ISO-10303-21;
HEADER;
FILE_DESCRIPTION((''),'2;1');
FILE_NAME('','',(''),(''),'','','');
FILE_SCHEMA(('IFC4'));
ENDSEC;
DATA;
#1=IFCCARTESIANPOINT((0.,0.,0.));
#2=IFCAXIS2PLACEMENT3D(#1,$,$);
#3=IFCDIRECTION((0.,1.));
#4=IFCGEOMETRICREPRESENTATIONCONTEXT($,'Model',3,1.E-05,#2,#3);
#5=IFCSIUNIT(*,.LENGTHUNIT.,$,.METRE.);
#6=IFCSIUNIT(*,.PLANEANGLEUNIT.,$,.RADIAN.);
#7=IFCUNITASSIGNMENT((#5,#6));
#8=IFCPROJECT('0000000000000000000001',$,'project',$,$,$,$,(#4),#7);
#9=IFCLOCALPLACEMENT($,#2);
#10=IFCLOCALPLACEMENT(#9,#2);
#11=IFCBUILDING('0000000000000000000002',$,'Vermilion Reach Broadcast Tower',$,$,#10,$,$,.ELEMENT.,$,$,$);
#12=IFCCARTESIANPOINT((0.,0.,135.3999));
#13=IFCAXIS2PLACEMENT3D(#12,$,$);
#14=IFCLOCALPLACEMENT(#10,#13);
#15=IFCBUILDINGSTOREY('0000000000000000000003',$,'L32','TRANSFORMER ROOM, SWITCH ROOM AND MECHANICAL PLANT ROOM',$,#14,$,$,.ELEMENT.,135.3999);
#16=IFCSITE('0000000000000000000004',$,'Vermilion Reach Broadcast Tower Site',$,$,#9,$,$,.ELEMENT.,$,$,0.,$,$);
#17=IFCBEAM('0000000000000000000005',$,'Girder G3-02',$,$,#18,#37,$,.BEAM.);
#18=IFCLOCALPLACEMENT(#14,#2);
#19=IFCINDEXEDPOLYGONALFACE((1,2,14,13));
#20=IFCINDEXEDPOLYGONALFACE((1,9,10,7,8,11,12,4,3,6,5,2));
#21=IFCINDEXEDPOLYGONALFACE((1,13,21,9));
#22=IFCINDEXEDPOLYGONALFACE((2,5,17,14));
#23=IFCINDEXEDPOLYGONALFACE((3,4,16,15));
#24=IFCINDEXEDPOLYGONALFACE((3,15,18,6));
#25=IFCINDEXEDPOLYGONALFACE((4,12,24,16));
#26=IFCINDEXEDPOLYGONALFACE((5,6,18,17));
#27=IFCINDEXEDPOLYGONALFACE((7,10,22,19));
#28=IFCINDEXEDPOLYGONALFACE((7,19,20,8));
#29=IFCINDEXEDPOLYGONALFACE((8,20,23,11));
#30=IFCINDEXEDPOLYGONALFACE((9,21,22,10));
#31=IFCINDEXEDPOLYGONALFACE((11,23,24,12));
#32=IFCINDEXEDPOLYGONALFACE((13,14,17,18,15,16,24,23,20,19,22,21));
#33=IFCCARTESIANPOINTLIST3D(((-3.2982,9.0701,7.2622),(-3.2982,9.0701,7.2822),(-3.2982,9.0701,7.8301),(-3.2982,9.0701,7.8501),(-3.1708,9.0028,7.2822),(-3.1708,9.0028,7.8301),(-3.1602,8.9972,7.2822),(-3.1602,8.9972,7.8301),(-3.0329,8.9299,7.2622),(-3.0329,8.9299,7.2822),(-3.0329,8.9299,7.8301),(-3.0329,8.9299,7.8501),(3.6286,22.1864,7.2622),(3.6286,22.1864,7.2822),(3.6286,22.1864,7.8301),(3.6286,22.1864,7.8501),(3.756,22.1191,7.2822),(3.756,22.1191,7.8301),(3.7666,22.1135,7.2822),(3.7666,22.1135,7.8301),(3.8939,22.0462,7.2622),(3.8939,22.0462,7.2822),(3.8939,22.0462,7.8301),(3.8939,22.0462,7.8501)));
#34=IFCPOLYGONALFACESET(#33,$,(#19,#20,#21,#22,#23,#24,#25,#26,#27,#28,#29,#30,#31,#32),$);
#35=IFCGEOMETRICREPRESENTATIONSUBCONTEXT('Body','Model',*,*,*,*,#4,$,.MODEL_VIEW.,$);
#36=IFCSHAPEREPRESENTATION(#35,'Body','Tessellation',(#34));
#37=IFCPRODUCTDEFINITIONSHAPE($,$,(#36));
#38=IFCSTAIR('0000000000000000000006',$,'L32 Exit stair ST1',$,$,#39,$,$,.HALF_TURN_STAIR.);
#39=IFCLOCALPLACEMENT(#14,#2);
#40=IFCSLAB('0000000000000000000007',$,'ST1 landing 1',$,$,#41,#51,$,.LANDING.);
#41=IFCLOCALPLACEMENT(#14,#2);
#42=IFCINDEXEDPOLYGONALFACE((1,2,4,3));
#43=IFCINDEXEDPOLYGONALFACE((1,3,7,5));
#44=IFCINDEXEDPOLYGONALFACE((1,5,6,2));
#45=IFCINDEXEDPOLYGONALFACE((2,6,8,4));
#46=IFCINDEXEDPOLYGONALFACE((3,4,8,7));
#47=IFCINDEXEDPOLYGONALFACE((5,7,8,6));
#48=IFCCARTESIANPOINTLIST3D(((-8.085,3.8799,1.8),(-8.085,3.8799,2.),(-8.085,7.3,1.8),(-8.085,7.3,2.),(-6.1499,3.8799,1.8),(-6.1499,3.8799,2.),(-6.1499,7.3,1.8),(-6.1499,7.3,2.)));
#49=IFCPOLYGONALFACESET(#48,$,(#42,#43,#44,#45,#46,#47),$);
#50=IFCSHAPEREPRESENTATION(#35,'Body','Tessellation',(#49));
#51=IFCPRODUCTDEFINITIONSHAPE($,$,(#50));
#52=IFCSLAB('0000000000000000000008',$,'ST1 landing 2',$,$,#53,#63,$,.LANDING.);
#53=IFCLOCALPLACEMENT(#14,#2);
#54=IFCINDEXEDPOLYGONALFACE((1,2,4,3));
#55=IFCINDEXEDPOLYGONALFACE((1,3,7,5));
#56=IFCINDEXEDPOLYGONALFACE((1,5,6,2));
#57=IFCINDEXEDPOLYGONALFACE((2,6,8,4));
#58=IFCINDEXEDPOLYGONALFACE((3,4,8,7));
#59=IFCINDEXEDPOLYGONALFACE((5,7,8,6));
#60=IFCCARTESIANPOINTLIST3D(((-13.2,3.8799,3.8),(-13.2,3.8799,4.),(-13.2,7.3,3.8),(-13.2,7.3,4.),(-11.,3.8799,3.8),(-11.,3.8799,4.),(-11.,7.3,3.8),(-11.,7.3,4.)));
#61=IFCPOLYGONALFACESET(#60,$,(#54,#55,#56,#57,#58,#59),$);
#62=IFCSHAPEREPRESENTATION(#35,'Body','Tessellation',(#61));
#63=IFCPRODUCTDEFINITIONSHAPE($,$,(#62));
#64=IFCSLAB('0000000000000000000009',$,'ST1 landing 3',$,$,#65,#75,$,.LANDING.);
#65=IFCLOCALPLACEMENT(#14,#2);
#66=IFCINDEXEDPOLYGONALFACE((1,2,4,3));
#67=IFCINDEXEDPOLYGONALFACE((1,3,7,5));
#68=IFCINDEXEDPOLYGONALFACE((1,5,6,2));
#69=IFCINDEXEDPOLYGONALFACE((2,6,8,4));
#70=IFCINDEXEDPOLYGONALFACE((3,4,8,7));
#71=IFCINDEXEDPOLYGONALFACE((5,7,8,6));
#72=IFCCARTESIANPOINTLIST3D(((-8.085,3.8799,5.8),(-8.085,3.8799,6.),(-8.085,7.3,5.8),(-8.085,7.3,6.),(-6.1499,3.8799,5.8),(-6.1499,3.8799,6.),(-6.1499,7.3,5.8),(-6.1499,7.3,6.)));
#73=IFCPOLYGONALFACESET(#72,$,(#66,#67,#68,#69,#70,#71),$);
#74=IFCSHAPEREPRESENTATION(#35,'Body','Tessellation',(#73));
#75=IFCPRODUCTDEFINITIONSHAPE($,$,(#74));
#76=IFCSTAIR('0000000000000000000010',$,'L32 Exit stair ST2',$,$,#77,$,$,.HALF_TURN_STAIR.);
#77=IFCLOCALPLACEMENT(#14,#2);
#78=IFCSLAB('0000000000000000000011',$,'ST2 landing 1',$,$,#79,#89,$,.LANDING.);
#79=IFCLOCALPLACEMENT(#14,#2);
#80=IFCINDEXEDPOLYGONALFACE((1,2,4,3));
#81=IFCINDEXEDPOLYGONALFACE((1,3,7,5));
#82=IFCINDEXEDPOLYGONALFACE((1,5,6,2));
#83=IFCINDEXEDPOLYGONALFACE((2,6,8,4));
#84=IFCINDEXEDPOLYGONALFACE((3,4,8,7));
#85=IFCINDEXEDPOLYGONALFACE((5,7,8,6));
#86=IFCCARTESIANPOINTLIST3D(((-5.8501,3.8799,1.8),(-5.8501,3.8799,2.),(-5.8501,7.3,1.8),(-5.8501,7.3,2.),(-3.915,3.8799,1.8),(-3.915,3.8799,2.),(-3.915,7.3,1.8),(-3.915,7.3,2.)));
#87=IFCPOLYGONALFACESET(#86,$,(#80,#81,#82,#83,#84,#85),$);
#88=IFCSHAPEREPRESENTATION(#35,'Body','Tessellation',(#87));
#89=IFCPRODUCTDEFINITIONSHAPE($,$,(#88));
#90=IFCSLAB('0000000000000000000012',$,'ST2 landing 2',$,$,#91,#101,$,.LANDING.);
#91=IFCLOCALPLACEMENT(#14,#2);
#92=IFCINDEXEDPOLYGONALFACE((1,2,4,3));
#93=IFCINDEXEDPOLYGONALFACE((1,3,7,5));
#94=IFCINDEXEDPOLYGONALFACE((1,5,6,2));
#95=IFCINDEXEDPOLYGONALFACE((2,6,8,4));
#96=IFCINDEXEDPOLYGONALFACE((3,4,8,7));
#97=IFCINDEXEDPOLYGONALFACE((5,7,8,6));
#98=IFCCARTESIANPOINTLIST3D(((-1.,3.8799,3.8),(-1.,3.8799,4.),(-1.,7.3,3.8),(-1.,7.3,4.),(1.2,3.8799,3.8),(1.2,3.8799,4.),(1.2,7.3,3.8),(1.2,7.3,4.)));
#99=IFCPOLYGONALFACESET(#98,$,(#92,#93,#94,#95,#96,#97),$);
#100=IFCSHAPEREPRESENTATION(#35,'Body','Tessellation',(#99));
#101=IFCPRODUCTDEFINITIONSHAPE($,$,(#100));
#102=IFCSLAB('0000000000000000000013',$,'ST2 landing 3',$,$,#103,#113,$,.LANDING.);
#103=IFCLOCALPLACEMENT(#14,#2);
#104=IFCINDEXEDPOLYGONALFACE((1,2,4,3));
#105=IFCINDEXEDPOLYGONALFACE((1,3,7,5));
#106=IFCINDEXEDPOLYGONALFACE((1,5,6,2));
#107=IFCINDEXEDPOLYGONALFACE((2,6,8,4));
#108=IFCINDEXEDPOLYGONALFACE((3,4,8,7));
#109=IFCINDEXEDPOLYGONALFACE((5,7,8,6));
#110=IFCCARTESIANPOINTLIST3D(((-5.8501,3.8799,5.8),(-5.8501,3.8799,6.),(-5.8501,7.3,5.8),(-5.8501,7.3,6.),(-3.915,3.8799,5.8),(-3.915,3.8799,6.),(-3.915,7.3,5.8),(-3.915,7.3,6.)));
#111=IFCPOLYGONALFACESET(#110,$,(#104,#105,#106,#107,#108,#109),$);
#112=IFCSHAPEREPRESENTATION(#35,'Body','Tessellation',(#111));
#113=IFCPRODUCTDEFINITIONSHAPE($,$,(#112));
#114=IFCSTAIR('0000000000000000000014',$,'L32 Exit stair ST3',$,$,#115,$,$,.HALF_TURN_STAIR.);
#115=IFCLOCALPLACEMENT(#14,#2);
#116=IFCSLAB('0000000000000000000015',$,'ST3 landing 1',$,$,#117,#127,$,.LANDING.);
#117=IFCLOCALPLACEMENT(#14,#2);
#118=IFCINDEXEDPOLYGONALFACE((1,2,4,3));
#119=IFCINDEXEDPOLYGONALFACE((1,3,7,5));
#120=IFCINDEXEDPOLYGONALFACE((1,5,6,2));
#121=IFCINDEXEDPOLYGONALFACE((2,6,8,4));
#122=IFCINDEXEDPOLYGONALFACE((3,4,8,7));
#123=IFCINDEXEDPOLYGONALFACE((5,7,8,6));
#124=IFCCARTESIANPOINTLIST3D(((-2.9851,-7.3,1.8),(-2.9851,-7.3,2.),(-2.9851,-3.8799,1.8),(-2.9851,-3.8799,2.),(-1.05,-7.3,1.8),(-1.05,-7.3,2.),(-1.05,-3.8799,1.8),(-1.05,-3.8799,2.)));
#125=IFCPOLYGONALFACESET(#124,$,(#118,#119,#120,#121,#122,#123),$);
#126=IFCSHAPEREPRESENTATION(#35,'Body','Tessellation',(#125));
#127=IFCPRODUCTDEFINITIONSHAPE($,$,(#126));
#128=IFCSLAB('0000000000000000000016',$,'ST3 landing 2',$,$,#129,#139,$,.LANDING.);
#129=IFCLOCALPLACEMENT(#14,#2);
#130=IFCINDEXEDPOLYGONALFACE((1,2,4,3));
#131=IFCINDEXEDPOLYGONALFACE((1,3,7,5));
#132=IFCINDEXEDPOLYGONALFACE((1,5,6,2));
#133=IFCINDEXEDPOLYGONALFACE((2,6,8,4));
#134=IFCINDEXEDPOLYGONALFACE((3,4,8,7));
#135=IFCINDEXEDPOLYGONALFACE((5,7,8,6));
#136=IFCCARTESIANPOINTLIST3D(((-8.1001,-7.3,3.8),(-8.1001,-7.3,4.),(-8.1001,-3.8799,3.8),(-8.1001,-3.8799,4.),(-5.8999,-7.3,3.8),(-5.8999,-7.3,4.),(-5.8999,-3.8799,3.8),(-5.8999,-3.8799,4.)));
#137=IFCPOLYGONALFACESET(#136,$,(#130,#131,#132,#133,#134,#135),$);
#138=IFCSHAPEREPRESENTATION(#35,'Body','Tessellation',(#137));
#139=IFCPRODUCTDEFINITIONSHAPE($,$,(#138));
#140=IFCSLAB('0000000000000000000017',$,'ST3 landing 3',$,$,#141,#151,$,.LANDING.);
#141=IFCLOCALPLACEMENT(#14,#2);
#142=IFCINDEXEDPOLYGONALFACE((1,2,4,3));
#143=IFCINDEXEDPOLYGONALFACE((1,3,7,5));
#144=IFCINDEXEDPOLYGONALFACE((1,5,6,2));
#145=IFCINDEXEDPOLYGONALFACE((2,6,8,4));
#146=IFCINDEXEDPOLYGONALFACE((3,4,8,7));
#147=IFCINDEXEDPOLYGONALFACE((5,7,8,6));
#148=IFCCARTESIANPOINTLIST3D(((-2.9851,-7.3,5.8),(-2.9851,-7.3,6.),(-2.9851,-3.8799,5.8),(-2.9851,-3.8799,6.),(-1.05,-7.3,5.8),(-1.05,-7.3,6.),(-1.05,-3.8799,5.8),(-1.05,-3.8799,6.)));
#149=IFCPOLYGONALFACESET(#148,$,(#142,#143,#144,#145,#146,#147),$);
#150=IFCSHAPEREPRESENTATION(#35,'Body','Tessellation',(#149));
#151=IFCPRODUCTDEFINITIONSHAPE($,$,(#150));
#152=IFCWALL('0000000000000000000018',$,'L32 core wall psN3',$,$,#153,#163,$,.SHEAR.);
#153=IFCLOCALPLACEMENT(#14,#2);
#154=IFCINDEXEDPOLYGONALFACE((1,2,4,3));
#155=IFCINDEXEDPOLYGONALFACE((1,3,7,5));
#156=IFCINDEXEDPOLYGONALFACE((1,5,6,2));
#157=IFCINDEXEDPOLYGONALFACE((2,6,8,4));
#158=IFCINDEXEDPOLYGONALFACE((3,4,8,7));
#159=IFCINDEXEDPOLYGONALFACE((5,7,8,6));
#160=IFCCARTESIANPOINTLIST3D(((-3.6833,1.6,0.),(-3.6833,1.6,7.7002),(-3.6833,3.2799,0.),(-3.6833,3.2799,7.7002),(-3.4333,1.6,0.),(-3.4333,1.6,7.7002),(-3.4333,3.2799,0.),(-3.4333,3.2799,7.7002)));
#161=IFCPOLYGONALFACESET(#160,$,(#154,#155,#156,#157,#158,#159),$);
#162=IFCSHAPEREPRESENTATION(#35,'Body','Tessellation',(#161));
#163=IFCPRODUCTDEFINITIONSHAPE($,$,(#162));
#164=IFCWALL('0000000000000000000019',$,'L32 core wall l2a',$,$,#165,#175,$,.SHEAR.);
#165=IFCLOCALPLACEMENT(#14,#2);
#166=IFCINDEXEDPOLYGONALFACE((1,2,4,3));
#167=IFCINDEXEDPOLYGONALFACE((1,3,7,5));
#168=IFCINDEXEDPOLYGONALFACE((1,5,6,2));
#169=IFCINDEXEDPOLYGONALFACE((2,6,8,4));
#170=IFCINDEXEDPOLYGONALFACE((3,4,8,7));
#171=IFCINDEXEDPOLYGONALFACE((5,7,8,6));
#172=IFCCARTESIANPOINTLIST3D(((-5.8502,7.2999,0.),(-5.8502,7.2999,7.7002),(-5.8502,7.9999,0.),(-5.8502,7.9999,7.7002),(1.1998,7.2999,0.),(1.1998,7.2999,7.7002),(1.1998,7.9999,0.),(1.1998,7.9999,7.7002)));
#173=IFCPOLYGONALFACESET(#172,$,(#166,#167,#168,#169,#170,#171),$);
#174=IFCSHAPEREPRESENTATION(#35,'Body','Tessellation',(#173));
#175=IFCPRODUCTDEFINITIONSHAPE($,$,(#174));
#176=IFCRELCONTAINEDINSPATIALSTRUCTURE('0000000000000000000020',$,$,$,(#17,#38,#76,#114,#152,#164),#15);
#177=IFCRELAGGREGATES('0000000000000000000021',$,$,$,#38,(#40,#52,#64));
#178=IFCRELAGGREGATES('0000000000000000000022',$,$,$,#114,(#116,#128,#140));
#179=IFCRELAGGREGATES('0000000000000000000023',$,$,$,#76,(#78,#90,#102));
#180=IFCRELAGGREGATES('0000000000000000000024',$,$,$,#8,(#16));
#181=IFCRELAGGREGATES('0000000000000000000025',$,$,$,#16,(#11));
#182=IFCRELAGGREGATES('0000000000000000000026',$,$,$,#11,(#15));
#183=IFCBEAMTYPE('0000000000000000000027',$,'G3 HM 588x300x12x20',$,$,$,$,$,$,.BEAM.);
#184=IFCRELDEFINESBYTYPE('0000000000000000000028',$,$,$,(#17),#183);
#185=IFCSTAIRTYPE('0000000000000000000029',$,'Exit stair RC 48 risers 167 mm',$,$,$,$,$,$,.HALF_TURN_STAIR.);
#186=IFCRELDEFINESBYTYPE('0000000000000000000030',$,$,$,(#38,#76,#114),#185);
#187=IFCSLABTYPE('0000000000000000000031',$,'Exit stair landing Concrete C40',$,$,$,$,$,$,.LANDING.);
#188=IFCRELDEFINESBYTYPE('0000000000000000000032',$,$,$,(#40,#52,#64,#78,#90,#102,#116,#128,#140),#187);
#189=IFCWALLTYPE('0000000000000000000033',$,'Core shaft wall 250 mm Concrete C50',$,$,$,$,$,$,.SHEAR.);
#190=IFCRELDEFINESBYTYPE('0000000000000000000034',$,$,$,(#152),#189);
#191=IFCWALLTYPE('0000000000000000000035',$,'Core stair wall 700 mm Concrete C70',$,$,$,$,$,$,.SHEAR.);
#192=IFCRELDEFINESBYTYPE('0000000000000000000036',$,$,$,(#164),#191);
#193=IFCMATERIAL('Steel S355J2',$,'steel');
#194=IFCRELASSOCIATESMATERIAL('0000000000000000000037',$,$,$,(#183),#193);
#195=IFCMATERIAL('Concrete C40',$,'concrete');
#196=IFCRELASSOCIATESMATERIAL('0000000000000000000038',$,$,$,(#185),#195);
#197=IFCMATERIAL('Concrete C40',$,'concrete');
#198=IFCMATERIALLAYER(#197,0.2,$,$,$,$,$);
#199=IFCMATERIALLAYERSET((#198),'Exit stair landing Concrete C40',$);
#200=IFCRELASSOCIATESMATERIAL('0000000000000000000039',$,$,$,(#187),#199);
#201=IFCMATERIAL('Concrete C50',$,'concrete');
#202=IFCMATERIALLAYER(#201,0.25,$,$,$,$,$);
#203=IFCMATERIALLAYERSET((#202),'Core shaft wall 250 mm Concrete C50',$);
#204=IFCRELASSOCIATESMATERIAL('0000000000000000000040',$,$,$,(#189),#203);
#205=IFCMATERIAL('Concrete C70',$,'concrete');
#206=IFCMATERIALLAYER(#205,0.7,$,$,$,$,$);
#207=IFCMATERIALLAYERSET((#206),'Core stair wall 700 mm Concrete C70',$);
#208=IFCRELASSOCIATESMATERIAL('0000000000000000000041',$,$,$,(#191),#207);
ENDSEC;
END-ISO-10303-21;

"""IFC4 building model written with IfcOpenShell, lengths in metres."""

from ifc_helpers import new_model, si_unit, direction, frame, frame_2d, origin, origin_2d, place, context, subcontext, project, spatial, polyline, rectangle, i_section, outline, extrude, material, layer, layer_set, material_profile, profile_set, type_object, element, aggregate, save


model = new_model("IFC4")

# Units and contexts
model_context = context("Model", 3, precision=1e-05, world=origin(), true_north=direction((0.0, 1.0)))
body_context = subcontext(model_context, "Body", "Model", "MODEL_VIEW")
ifc_project = project(units=[si_unit("LENGTHUNIT", "METRE"), si_unit("PLANEANGLEUNIT", "RADIAN")], contexts=[model_context])

# Site, building, storey
site_placement = place(None, origin())
site = spatial("IfcSite", under=ifc_project, at=site_placement, Name="Vermilion Reach Broadcast Tower Site", CompositionType="ELEMENT", RefElevation=0.0)
building_placement = place(site_placement, origin())
building = spatial("IfcBuilding", under=site, at=building_placement, Name="Vermilion Reach Broadcast Tower", CompositionType="ELEMENT")
storey_placement = place(building_placement, frame((0.0, 0.0, 135.3999)))
storey = spatial("IfcBuildingStorey", under=building, at=storey_placement, Name="L32", Description="TRANSFORMER ROOM, SWITCH ROOM AND MECHANICAL PLANT ROOM", CompositionType="ELEMENT", Elevation=135.3999)

# Beam
ifc_material_1 = material(Name="Steel S355J2", Category="steel")
ifc_material_profile = material_profile(ifc_material_1, i_section(OverallWidth=0.3, OverallDepth=0.5879, WebThickness=0.012, FlangeThickness=0.02, at=origin_2d()), Name="S355J2 HM 588x300x12x20")
ifc_profile_set = profile_set([ifc_material_profile], Name="Steel S355J2")
beam_type = type_object("IfcBeamType", Name="G3 HM 588x300x12x20", PredefinedType="BEAM", material=ifc_profile_set)
beam_placement = place(storey_placement, frame((-3.1655, 9.0, 7.5562), z_axis=(0.466986, 0.884265, 0.0), x_axis=(-0.884265, 0.466986, 0.0)))
element("IfcBeam", 1, at=beam_placement, inside=storey, type_object=beam_type, Name="Girder G3-02", PredefinedType="BEAM", context=body_context, shape_type="SweptSolid", body=[
    extrude(i_section(OverallWidth=0.3, OverallDepth=0.5879, WebThickness=0.012, FlangeThickness=0.02, at=origin_2d()), origin(), (0.0, 0.0, 1.0), 14.833),
])

# Stairs, slabs
ifc_material_2 = material(Name="Concrete C40", Category="concrete")
stair_type = type_object("IfcStairType", Name="Exit stair RC 48 risers 167 mm", PredefinedType="HALF_TURN_STAIR", material=ifc_material_2)
placement_1 = place(storey_placement, origin())
stair_1 = element("IfcStair", 2, at=placement_1, inside=storey, type_object=stair_type, Name="L32 Exit stair ST1", PredefinedType="HALF_TURN_STAIR")
ifc_material_3 = material(Name="Concrete C40", Category="concrete")
ifc_layer_1 = layer(ifc_material_3, 0.2)
ifc_layer_set_1 = layer_set([ifc_layer_1], Name="Exit stair landing Concrete C40")
slab_type = type_object("IfcSlabType", Name="Exit stair landing Concrete C40", PredefinedType="LANDING", material=ifc_layer_set_1)
placement_2 = place(storey_placement, frame((0.0, 0.0, 1.8)))
slab_1 = element("IfcSlab", 3, at=placement_2, type_object=slab_type, Name="ST1 landing 1", PredefinedType="LANDING", context=body_context, shape_type="SweptSolid", body=[
    extrude(outline(polyline([(-8.085, 3.8799), (-6.1499, 3.8799), (-6.1499, 7.3), (-8.085, 7.3), (-8.085, 3.8799)])), origin(), (0.0, 0.0, 1.0), 0.2),
])
placement_3 = place(storey_placement, frame((0.0, 0.0, 3.8)))
slab_2 = element("IfcSlab", 4, at=placement_3, type_object=slab_type, Name="ST1 landing 2", PredefinedType="LANDING", context=body_context, shape_type="SweptSolid", body=[
    extrude(outline(polyline([(-13.2, 3.8799), (-11.0, 3.8799), (-11.0, 7.3), (-13.2, 7.3), (-13.2, 3.8799)])), origin(), (0.0, 0.0, 1.0), 0.2),
])
placement_4 = place(storey_placement, frame((0.0, 0.0, 5.8)))
slab_3 = element("IfcSlab", 5, at=placement_4, type_object=slab_type, Name="ST1 landing 3", PredefinedType="LANDING", context=body_context, shape_type="SweptSolid", body=[
    extrude(outline(polyline([(-8.085, 3.8799), (-6.1499, 3.8799), (-6.1499, 7.3), (-8.085, 7.3), (-8.085, 3.8799)])), origin(), (0.0, 0.0, 1.0), 0.2),
])
aggregate(stair_1, [slab_1, slab_2, slab_3])
stair_2 = element("IfcStair", 6, at=placement_1, inside=storey, type_object=stair_type, Name="L32 Exit stair ST2", PredefinedType="HALF_TURN_STAIR")
slab_4 = element("IfcSlab", 7, at=placement_2, type_object=slab_type, Name="ST2 landing 1", PredefinedType="LANDING", context=body_context, shape_type="SweptSolid", body=[
    extrude(outline(polyline([(-3.915, 7.3), (-5.8501, 7.3), (-5.8501, 3.8799), (-3.915, 3.8799), (-3.915, 7.3)])), origin(), (0.0, 0.0, 1.0), 0.2),
])
slab_5 = element("IfcSlab", 8, at=placement_3, type_object=slab_type, Name="ST2 landing 2", PredefinedType="LANDING", context=body_context, shape_type="SweptSolid", body=[
    extrude(outline(polyline([(1.2, 7.3), (-1.0, 7.3), (-1.0, 3.8799), (1.2, 3.8799), (1.2, 7.3)])), origin(), (0.0, 0.0, 1.0), 0.2),
])
slab_6 = element("IfcSlab", 9, at=placement_4, type_object=slab_type, Name="ST2 landing 3", PredefinedType="LANDING", context=body_context, shape_type="SweptSolid", body=[
    extrude(outline(polyline([(-3.915, 7.3), (-5.8501, 7.3), (-5.8501, 3.8799), (-3.915, 3.8799), (-3.915, 7.3)])), origin(), (0.0, 0.0, 1.0), 0.2),
])
stair_3 = element("IfcStair", 10, at=placement_1, inside=storey, type_object=stair_type, Name="L32 Exit stair ST3", PredefinedType="HALF_TURN_STAIR")
slab_7 = element("IfcSlab", 11, at=placement_2, type_object=slab_type, Name="ST3 landing 1", PredefinedType="LANDING", context=body_context, shape_type="SweptSolid", body=[
    extrude(outline(polyline([(-2.9851, -7.3), (-1.05, -7.3), (-1.05, -3.8799), (-2.9851, -3.8799), (-2.9851, -7.3)])), origin(), (0.0, 0.0, 1.0), 0.2),
])
slab_8 = element("IfcSlab", 12, at=placement_3, type_object=slab_type, Name="ST3 landing 2", PredefinedType="LANDING", context=body_context, shape_type="SweptSolid", body=[
    extrude(outline(polyline([(-8.1001, -7.3), (-5.8999, -7.3), (-5.8999, -3.8799), (-8.1001, -3.8799), (-8.1001, -7.3)])), origin(), (0.0, 0.0, 1.0), 0.2),
])
slab_9 = element("IfcSlab", 13, at=placement_4, type_object=slab_type, Name="ST3 landing 3", PredefinedType="LANDING", context=body_context, shape_type="SweptSolid", body=[
    extrude(outline(polyline([(-2.9851, -7.3), (-1.05, -7.3), (-1.05, -3.8799), (-2.9851, -3.8799), (-2.9851, -7.3)])), origin(), (0.0, 0.0, 1.0), 0.2),
])
aggregate(stair_3, [slab_7, slab_8, slab_9])

# Walls
ifc_material_4 = material(Name="Concrete C50", Category="concrete")
ifc_layer_2 = layer(ifc_material_4, 0.25)
ifc_layer_set_2 = layer_set([ifc_layer_2], Name="Core shaft wall 250 mm Concrete C50")
wall_type_1 = type_object("IfcWallType", Name="Core shaft wall 250 mm Concrete C50", PredefinedType="SHEAR", material=ifc_layer_set_2)
wall_1_placement = place(storey_placement, frame((-3.5583, 1.6001, 0.0), z_axis=(0.0, 0.0, 1.0), x_axis=(0.0, 1.0, 0.0)))
element("IfcWall", 14, at=wall_1_placement, inside=storey, type_object=wall_type_1, Name="L32 core wall psN3", PredefinedType="SHEAR", context=body_context, shape_type="SweptSolid", body=[
    extrude(rectangle(XDim=1.6799, YDim=0.25, at=frame_2d((0.8398, 0.0))), origin(), (0.0, 0.0, 1.0), 7.7002),
])
ifc_material_5 = material(Name="Concrete C70", Category="concrete")
ifc_layer_3 = layer(ifc_material_5, 0.7)
ifc_layer_set_3 = layer_set([ifc_layer_3], Name="Core stair wall 700 mm Concrete C70")
wall_type_2 = type_object("IfcWallType", Name="Core stair wall 700 mm Concrete C70", PredefinedType="SHEAR", material=ifc_layer_set_3)
wall_2_placement = place(storey_placement, frame((-5.8501, 7.6499, 0.0), z_axis=(0.0, 0.0, 1.0), x_axis=(1.0, 0.0, 0.0)))
element("IfcWall", 15, at=wall_2_placement, inside=storey, type_object=wall_type_2, Name="L32 core wall l2a", PredefinedType="SHEAR", context=body_context, shape_type="SweptSolid", body=[
    extrude(rectangle(XDim=7.05, YDim=0.7, at=frame_2d((3.5249, 0.0))), origin(), (0.0, 0.0, 1.0), 7.7002),
])

aggregate(stair_2, [slab_4, slab_5, slab_6])

save(model, "model.ifc")
